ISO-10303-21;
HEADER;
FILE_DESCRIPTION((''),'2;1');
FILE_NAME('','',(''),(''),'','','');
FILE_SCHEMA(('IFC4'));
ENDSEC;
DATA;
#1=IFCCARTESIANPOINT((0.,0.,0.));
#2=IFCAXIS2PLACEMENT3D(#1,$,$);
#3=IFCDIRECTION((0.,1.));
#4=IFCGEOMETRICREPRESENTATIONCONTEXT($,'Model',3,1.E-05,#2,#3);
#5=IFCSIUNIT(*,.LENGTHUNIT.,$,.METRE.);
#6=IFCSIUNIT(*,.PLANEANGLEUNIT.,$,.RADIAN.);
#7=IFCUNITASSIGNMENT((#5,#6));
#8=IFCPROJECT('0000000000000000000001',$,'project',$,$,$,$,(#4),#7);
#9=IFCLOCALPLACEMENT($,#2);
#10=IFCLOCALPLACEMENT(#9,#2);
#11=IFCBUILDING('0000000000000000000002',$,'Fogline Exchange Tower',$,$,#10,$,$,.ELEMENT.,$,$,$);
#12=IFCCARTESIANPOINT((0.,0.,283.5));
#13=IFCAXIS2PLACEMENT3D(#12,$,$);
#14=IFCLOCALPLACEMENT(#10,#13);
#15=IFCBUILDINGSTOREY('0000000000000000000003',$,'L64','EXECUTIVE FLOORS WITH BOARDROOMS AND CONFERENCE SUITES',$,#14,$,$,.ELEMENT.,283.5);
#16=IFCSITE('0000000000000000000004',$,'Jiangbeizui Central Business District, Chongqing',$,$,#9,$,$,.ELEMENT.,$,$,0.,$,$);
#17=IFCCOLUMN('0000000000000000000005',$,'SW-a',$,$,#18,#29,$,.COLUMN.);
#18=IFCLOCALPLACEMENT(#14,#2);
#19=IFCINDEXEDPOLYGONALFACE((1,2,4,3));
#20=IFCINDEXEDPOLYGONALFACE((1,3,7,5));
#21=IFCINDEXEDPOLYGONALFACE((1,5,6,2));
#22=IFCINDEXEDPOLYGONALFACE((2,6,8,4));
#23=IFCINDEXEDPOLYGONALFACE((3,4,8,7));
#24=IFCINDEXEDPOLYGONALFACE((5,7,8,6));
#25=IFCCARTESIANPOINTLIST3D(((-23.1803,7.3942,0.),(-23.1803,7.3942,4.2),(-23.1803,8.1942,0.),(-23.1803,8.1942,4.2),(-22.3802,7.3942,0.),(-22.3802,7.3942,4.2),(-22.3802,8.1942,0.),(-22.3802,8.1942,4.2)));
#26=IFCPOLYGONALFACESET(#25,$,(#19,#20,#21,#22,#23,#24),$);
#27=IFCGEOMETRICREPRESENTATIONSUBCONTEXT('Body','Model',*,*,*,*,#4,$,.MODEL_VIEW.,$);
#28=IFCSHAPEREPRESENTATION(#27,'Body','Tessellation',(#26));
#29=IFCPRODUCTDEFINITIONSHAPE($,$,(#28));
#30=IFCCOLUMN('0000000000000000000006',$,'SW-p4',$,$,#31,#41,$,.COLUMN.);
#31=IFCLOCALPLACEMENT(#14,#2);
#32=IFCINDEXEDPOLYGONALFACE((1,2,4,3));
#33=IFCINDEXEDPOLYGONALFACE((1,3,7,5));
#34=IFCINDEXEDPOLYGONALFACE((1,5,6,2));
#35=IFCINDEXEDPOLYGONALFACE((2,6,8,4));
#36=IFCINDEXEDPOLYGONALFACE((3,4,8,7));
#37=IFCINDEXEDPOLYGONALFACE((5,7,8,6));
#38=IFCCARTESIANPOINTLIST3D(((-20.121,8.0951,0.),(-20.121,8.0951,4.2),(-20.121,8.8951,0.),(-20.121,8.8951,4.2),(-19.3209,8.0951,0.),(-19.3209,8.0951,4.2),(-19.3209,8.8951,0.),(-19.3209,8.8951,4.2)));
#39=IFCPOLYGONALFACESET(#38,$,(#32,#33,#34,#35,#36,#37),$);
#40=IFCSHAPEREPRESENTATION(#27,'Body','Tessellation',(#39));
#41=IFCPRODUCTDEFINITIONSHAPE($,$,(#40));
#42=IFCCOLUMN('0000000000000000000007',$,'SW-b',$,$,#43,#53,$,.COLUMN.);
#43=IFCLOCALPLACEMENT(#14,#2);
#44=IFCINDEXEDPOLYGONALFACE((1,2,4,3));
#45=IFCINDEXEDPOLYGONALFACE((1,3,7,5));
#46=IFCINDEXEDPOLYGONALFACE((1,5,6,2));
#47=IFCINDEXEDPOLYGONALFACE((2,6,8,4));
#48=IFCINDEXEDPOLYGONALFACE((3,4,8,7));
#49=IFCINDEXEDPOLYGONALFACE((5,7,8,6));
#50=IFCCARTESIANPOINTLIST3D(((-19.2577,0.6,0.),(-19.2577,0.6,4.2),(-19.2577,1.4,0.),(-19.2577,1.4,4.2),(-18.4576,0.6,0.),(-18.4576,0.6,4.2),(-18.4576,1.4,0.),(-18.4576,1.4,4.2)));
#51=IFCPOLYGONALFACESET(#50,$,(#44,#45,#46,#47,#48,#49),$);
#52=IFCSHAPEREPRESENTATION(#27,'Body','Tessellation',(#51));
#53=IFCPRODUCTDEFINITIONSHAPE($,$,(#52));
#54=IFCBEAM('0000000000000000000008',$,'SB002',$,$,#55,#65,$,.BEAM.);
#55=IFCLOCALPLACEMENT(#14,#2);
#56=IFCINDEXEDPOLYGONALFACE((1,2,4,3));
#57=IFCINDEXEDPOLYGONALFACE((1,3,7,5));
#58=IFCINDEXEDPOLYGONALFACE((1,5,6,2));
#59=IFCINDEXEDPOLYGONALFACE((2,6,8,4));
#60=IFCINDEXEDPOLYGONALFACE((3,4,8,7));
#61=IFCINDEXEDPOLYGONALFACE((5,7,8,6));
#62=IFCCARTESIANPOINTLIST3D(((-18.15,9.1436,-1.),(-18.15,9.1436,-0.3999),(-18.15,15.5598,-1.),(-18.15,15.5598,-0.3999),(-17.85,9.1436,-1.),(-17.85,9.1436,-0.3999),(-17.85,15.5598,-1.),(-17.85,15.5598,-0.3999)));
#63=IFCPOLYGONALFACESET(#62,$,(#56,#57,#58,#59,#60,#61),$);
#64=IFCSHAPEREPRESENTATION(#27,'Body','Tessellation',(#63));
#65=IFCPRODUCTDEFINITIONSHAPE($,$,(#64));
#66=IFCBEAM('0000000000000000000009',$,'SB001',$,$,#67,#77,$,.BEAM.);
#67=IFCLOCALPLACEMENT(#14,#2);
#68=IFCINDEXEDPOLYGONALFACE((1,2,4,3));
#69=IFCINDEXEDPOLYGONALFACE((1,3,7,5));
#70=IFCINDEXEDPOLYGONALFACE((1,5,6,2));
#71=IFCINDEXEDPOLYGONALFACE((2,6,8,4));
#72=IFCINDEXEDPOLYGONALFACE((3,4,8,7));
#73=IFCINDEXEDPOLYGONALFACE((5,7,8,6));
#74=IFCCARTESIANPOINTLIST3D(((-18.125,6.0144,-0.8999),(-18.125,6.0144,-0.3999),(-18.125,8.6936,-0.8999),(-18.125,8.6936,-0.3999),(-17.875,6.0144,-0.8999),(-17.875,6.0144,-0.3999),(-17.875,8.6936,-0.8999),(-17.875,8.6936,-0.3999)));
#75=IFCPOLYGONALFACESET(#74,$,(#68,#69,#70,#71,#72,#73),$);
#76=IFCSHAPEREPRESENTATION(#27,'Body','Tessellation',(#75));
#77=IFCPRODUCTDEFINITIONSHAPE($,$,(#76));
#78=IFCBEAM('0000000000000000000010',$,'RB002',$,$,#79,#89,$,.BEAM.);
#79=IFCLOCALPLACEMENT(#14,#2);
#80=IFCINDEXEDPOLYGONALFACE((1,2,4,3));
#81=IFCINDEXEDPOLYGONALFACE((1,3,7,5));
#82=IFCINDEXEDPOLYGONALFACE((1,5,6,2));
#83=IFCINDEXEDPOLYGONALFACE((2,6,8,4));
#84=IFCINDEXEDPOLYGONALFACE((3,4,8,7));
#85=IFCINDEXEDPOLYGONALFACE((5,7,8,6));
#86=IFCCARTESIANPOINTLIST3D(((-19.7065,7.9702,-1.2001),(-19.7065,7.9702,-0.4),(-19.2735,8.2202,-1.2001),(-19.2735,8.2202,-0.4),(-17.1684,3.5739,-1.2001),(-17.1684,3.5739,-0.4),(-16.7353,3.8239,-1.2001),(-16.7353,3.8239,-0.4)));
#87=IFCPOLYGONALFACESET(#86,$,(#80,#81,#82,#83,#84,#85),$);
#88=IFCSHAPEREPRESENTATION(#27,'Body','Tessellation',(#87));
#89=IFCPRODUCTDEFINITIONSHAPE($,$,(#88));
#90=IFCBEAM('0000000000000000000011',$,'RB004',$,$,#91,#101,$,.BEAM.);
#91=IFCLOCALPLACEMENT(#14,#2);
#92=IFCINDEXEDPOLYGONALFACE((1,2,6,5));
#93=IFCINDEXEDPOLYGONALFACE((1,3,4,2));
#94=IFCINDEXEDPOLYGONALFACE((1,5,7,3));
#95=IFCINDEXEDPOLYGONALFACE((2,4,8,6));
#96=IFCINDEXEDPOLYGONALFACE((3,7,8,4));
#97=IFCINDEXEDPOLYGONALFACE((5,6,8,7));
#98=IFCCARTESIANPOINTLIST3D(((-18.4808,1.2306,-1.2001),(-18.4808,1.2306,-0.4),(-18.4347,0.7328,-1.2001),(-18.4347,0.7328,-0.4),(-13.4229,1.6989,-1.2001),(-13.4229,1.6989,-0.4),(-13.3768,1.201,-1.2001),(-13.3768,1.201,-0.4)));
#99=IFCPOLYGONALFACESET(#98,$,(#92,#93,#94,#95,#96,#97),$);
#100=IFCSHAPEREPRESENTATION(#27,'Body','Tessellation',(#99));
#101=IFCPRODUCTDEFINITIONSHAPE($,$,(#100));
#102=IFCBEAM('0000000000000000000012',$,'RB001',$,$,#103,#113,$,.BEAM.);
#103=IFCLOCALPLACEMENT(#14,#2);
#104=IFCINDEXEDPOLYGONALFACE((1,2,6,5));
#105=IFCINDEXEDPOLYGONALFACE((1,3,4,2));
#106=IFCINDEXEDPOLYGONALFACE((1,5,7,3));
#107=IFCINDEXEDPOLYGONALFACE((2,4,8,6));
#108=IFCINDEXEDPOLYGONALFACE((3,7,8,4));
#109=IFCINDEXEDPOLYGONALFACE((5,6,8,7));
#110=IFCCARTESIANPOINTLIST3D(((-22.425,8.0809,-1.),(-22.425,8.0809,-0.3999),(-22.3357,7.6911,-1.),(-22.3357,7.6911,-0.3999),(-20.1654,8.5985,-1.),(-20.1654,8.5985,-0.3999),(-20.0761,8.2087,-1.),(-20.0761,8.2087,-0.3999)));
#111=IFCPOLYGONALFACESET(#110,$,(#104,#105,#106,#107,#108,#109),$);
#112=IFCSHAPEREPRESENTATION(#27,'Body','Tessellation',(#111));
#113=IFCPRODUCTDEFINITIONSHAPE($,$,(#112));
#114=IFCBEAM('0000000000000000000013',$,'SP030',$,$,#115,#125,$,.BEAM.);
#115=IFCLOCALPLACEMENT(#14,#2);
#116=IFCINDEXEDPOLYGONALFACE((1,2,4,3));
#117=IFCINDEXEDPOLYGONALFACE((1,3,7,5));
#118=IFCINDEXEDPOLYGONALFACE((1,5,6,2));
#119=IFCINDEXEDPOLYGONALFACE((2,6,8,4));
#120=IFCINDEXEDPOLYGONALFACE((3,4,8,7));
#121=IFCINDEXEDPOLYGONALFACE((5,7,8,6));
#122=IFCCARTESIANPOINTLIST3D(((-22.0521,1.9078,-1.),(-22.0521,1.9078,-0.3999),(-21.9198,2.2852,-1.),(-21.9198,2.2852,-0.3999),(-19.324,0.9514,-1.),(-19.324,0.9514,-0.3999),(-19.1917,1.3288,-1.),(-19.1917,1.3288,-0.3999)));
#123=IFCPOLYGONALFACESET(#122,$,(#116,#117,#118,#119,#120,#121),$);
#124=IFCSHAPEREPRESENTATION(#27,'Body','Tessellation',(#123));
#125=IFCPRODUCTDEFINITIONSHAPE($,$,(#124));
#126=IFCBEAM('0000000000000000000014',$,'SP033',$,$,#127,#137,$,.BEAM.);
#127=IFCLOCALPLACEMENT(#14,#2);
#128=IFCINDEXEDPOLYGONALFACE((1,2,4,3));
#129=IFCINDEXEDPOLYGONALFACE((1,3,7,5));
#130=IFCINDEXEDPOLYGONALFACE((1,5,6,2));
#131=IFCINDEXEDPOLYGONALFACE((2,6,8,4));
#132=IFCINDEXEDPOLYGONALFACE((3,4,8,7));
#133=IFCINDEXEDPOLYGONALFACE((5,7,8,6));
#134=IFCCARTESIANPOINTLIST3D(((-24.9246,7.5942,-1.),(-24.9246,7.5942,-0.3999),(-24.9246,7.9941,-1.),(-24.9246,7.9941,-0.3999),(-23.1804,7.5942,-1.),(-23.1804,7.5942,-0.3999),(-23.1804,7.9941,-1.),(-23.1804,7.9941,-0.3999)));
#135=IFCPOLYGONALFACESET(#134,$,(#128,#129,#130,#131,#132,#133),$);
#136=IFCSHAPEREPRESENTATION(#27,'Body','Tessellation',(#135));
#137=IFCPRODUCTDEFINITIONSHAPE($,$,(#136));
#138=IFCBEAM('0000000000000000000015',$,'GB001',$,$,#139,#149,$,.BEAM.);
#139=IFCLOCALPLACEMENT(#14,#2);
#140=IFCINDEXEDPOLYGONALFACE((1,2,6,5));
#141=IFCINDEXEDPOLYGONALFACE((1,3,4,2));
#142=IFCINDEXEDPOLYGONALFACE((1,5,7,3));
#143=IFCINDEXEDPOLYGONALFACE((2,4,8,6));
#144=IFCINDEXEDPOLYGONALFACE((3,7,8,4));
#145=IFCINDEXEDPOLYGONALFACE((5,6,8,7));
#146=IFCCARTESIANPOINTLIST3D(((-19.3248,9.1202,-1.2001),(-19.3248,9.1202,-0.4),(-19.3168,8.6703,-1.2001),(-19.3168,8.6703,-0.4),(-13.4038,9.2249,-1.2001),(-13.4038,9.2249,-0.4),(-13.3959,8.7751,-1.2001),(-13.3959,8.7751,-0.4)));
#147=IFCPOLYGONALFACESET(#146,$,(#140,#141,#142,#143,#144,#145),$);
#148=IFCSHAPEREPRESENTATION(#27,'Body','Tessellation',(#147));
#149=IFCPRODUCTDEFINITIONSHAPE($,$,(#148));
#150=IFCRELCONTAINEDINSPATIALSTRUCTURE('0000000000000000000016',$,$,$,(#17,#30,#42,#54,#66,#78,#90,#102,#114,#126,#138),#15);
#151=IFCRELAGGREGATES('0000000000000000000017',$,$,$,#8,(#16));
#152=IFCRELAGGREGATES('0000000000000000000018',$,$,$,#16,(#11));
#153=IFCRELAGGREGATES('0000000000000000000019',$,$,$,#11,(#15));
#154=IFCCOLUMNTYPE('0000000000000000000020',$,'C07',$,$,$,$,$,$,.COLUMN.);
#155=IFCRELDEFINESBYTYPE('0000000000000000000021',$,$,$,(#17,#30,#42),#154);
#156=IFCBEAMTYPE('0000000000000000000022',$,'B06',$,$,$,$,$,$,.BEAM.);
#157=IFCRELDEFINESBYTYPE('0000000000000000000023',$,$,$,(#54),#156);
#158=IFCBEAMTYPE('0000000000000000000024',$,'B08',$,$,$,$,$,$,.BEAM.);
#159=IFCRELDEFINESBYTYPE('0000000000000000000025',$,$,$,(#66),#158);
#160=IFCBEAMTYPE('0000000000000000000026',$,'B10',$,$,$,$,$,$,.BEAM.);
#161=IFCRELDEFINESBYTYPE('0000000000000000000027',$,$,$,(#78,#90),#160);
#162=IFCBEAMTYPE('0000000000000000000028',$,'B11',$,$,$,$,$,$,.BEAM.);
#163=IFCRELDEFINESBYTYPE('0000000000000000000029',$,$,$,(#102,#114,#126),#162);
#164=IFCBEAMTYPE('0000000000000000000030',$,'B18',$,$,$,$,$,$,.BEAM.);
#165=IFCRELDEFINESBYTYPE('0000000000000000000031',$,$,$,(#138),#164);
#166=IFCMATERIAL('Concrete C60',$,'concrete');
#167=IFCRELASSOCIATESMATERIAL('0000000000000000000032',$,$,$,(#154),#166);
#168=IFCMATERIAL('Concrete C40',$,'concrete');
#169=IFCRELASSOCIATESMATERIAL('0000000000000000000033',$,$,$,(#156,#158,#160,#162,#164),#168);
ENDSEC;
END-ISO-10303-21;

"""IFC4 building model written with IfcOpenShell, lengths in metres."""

from ifc_helpers import new_model, si_unit, direction, frame, origin, origin_2d, place, context, subcontext, project, spatial, rectangle, extrude, material, material_profile, profile_set, type_object, element, save


model = new_model("IFC4")

# Units and contexts
model_context = context("Model", 3, precision=1e-05, world=origin(), true_north=direction((0.0, 1.0)))
body_context = subcontext(model_context, "Body", "Model", "MODEL_VIEW")
ifc_project = project(units=[si_unit("LENGTHUNIT", "METRE"), si_unit("PLANEANGLEUNIT", "RADIAN")], contexts=[model_context])

# Site, building, storey
site_placement = place(None, origin())
site = spatial("IfcSite", under=ifc_project, at=site_placement, Name="Jiangbeizui Central Business District, Chongqing", CompositionType="ELEMENT", RefElevation=0.0)
building_placement = place(site_placement, origin())
building = spatial("IfcBuilding", under=site, at=building_placement, Name="Fogline Exchange Tower", CompositionType="ELEMENT")
storey_placement = place(building_placement, frame((0.0, 0.0, 283.5)))
storey = spatial("IfcBuildingStorey", under=building, at=storey_placement, Name="L64", Description="EXECUTIVE FLOORS WITH BOARDROOMS AND CONFERENCE SUITES", CompositionType="ELEMENT", Elevation=283.5)

# Columns
ifc_material_1 = material(Name="Concrete C60", Category="concrete")
ifc_material_profile_1 = material_profile(ifc_material_1, rectangle(XDim=0.8, YDim=0.8, at=origin_2d()), Name="RC 800x800")
ifc_profile_set_1 = profile_set([ifc_material_profile_1], Name="Concrete C60")
column_type = type_object("IfcColumnType", Name="C07", PredefinedType="COLUMN", material=ifc_profile_set_1)
for number, where, z_axis, x_axis, name in (
    (1, (-22.7803, 7.7942, 0.0), (0.0, 0.0, 1.0), (1.0, 0.0, 0.0), "SW-a"),
    (2, (-19.7209, 8.4951, 0.0), (0.0, 0.0, 1.0), (1.0, 0.0, 0.0), "SW-p4"),
    (3, (-18.8577, 1.0, 0.0), (0.0, 0.0, 1.0), (1.0, 0.0, 0.0), "SW-b"),
):
    element("IfcColumn", number, at=place(storey_placement, frame(where, z_axis=z_axis, x_axis=x_axis)), inside=storey, type_object=column_type, Name=name, PredefinedType="COLUMN", context=body_context, shape_type="SweptSolid", body=[
        extrude(rectangle(XDim=0.8, YDim=0.8, at=origin_2d()), origin(), (0.0, 0.0, 1.0), 4.2),
    ])

# Beams
ifc_material_2 = material(Name="Concrete C40", Category="concrete")
ifc_material_profile_2 = material_profile(ifc_material_2, rectangle(XDim=0.3, YDim=0.6001, at=origin_2d()), Name="RC 300x600")
ifc_profile_set_2 = profile_set([ifc_material_profile_2], Name="Concrete C40")
beam_type_1 = type_object("IfcBeamType", Name="B06", PredefinedType="BEAM", material=ifc_profile_set_2)
beam_1_placement = place(storey_placement, frame((-18.0, 9.1436, -0.7), z_axis=(0.0, 1.0, 0.0), x_axis=(-1.0, 0.0, 0.0)))
element("IfcBeam", 4, at=beam_1_placement, inside=storey, type_object=beam_type_1, Name="SB002", PredefinedType="BEAM", context=body_context, shape_type="SweptSolid", body=[
    extrude(rectangle(XDim=0.3, YDim=0.6001, at=origin_2d()), origin(), (0.0, 0.0, 1.0), 6.4163),
])
ifc_material_profile_3 = material_profile(ifc_material_2, rectangle(XDim=0.25, YDim=0.5, at=origin_2d()), Name="RC 250x500")
ifc_profile_set_3 = profile_set([ifc_material_profile_3], Name="Concrete C40")
beam_type_2 = type_object("IfcBeamType", Name="B08", PredefinedType="BEAM", material=ifc_profile_set_3)
beam_2_placement = place(storey_placement, frame((-18.0, 6.0144, -0.6499), z_axis=(0.0, 1.0, 0.0), x_axis=(-1.0, 0.0, 0.0)))
element("IfcBeam", 5, at=beam_2_placement, inside=storey, type_object=beam_type_2, Name="SB001", PredefinedType="BEAM", context=body_context, shape_type="SweptSolid", body=[
    extrude(rectangle(XDim=0.25, YDim=0.5, at=origin_2d()), origin(), (0.0, 0.0, 1.0), 2.6792),
])
ifc_material_profile_4 = material_profile(ifc_material_2, rectangle(XDim=0.5, YDim=0.8, at=origin_2d()), Name="RC 500x800")
ifc_profile_set_4 = profile_set([ifc_material_profile_4], Name="Concrete C40")
beam_type_3 = type_object("IfcBeamType", Name="B10", PredefinedType="BEAM", material=ifc_profile_set_4)
beam_3_placement = place(storey_placement, frame((-19.49, 8.0952, -0.8), z_axis=(0.499988, -0.866033, 0.0), x_axis=(0.866033, 0.499988, 0.0)))
element("IfcBeam", 6, at=beam_3_placement, inside=storey, type_object=beam_type_3, Name="RB002", PredefinedType="BEAM", context=body_context, shape_type="SweptSolid", body=[
    extrude(rectangle(XDim=0.5, YDim=0.8, at=origin_2d()), origin(), (0.0, 0.0, 1.0), 5.0764),
])
beam_4_placement = place(storey_placement, frame((-18.4578, 0.9817, -0.8), z_axis=(0.995742, 0.092187, 0.0), x_axis=(-0.092187, 0.995742, 0.0)))
element("IfcBeam", 7, at=beam_4_placement, inside=storey, type_object=beam_type_3, Name="RB004", PredefinedType="BEAM", context=body_context, shape_type="SweptSolid", body=[
    extrude(rectangle(XDim=0.5, YDim=0.8, at=origin_2d()), origin(), (0.0, 0.0, 1.0), 5.0796),
])
ifc_material_profile_5 = material_profile(ifc_material_2, rectangle(XDim=0.3999, YDim=0.6001, at=origin_2d()), Name="RC 400x600")
ifc_profile_set_5 = profile_set([ifc_material_profile_5], Name="Concrete C40")
beam_type_4 = type_object("IfcBeamType", Name="B11", PredefinedType="BEAM", material=ifc_profile_set_5)
beam_5_placement = place(storey_placement, frame((-22.3804, 7.886, -0.7), z_axis=(0.974754, 0.223282, 0.0), x_axis=(-0.223282, 0.974754, 0.0)))
element("IfcBeam", 8, at=beam_5_placement, inside=storey, type_object=beam_type_4, Name="RB001", PredefinedType="BEAM", context=body_context, shape_type="SweptSolid", body=[
    extrude(rectangle(XDim=0.3999, YDim=0.6001, at=origin_2d()), origin(), (0.0, 0.0, 1.0), 2.3181),
])
beam_6_placement = place(storey_placement, frame((-19.2578, 1.1401, -0.7), z_axis=(-0.943698, 0.330809, 0.0), x_axis=(-0.330809, -0.943698, 0.0)))
element("IfcBeam", 9, at=beam_6_placement, inside=storey, type_object=beam_type_4, Name="SP030", PredefinedType="BEAM", context=body_context, shape_type="SweptSolid", body=[
    extrude(rectangle(XDim=0.3999, YDim=0.6001, at=origin_2d()), origin(), (0.0, 0.0, 1.0), 2.8909),
])
beam_7_placement = place(storey_placement, frame((-23.1804, 7.7942, -0.7), z_axis=(-1.0, 0.0, 0.0), x_axis=(0.0, -1.0, 0.0)))
element("IfcBeam", 10, at=beam_7_placement, inside=storey, type_object=beam_type_4, Name="SP033", PredefinedType="BEAM", context=body_context, shape_type="SweptSolid", body=[
    extrude(rectangle(XDim=0.3999, YDim=0.6001, at=origin_2d()), origin(), (0.0, 0.0, 1.0), 1.7441),
])
ifc_material_profile_6 = material_profile(ifc_material_2, rectangle(XDim=0.45, YDim=0.8, at=origin_2d()), Name="RC 450x800")
ifc_profile_set_6 = profile_set([ifc_material_profile_6], Name="Concrete C40")
beam_type_5 = type_object("IfcBeamType", Name="B18", PredefinedType="BEAM", material=ifc_profile_set_6)
beam_8_placement = place(storey_placement, frame((-19.3208, 8.8953, -0.8), z_axis=(0.999844, 0.017686, 0.0), x_axis=(-0.017686, 0.999844, 0.0)))
element("IfcBeam", 11, at=beam_8_placement, inside=storey, type_object=beam_type_5, Name="GB001", PredefinedType="BEAM", context=body_context, shape_type="SweptSolid", body=[
    extrude(rectangle(XDim=0.45, YDim=0.8, at=origin_2d()), origin(), (0.0, 0.0, 1.0), 5.9219),
])

save(model, "model.ifc")
